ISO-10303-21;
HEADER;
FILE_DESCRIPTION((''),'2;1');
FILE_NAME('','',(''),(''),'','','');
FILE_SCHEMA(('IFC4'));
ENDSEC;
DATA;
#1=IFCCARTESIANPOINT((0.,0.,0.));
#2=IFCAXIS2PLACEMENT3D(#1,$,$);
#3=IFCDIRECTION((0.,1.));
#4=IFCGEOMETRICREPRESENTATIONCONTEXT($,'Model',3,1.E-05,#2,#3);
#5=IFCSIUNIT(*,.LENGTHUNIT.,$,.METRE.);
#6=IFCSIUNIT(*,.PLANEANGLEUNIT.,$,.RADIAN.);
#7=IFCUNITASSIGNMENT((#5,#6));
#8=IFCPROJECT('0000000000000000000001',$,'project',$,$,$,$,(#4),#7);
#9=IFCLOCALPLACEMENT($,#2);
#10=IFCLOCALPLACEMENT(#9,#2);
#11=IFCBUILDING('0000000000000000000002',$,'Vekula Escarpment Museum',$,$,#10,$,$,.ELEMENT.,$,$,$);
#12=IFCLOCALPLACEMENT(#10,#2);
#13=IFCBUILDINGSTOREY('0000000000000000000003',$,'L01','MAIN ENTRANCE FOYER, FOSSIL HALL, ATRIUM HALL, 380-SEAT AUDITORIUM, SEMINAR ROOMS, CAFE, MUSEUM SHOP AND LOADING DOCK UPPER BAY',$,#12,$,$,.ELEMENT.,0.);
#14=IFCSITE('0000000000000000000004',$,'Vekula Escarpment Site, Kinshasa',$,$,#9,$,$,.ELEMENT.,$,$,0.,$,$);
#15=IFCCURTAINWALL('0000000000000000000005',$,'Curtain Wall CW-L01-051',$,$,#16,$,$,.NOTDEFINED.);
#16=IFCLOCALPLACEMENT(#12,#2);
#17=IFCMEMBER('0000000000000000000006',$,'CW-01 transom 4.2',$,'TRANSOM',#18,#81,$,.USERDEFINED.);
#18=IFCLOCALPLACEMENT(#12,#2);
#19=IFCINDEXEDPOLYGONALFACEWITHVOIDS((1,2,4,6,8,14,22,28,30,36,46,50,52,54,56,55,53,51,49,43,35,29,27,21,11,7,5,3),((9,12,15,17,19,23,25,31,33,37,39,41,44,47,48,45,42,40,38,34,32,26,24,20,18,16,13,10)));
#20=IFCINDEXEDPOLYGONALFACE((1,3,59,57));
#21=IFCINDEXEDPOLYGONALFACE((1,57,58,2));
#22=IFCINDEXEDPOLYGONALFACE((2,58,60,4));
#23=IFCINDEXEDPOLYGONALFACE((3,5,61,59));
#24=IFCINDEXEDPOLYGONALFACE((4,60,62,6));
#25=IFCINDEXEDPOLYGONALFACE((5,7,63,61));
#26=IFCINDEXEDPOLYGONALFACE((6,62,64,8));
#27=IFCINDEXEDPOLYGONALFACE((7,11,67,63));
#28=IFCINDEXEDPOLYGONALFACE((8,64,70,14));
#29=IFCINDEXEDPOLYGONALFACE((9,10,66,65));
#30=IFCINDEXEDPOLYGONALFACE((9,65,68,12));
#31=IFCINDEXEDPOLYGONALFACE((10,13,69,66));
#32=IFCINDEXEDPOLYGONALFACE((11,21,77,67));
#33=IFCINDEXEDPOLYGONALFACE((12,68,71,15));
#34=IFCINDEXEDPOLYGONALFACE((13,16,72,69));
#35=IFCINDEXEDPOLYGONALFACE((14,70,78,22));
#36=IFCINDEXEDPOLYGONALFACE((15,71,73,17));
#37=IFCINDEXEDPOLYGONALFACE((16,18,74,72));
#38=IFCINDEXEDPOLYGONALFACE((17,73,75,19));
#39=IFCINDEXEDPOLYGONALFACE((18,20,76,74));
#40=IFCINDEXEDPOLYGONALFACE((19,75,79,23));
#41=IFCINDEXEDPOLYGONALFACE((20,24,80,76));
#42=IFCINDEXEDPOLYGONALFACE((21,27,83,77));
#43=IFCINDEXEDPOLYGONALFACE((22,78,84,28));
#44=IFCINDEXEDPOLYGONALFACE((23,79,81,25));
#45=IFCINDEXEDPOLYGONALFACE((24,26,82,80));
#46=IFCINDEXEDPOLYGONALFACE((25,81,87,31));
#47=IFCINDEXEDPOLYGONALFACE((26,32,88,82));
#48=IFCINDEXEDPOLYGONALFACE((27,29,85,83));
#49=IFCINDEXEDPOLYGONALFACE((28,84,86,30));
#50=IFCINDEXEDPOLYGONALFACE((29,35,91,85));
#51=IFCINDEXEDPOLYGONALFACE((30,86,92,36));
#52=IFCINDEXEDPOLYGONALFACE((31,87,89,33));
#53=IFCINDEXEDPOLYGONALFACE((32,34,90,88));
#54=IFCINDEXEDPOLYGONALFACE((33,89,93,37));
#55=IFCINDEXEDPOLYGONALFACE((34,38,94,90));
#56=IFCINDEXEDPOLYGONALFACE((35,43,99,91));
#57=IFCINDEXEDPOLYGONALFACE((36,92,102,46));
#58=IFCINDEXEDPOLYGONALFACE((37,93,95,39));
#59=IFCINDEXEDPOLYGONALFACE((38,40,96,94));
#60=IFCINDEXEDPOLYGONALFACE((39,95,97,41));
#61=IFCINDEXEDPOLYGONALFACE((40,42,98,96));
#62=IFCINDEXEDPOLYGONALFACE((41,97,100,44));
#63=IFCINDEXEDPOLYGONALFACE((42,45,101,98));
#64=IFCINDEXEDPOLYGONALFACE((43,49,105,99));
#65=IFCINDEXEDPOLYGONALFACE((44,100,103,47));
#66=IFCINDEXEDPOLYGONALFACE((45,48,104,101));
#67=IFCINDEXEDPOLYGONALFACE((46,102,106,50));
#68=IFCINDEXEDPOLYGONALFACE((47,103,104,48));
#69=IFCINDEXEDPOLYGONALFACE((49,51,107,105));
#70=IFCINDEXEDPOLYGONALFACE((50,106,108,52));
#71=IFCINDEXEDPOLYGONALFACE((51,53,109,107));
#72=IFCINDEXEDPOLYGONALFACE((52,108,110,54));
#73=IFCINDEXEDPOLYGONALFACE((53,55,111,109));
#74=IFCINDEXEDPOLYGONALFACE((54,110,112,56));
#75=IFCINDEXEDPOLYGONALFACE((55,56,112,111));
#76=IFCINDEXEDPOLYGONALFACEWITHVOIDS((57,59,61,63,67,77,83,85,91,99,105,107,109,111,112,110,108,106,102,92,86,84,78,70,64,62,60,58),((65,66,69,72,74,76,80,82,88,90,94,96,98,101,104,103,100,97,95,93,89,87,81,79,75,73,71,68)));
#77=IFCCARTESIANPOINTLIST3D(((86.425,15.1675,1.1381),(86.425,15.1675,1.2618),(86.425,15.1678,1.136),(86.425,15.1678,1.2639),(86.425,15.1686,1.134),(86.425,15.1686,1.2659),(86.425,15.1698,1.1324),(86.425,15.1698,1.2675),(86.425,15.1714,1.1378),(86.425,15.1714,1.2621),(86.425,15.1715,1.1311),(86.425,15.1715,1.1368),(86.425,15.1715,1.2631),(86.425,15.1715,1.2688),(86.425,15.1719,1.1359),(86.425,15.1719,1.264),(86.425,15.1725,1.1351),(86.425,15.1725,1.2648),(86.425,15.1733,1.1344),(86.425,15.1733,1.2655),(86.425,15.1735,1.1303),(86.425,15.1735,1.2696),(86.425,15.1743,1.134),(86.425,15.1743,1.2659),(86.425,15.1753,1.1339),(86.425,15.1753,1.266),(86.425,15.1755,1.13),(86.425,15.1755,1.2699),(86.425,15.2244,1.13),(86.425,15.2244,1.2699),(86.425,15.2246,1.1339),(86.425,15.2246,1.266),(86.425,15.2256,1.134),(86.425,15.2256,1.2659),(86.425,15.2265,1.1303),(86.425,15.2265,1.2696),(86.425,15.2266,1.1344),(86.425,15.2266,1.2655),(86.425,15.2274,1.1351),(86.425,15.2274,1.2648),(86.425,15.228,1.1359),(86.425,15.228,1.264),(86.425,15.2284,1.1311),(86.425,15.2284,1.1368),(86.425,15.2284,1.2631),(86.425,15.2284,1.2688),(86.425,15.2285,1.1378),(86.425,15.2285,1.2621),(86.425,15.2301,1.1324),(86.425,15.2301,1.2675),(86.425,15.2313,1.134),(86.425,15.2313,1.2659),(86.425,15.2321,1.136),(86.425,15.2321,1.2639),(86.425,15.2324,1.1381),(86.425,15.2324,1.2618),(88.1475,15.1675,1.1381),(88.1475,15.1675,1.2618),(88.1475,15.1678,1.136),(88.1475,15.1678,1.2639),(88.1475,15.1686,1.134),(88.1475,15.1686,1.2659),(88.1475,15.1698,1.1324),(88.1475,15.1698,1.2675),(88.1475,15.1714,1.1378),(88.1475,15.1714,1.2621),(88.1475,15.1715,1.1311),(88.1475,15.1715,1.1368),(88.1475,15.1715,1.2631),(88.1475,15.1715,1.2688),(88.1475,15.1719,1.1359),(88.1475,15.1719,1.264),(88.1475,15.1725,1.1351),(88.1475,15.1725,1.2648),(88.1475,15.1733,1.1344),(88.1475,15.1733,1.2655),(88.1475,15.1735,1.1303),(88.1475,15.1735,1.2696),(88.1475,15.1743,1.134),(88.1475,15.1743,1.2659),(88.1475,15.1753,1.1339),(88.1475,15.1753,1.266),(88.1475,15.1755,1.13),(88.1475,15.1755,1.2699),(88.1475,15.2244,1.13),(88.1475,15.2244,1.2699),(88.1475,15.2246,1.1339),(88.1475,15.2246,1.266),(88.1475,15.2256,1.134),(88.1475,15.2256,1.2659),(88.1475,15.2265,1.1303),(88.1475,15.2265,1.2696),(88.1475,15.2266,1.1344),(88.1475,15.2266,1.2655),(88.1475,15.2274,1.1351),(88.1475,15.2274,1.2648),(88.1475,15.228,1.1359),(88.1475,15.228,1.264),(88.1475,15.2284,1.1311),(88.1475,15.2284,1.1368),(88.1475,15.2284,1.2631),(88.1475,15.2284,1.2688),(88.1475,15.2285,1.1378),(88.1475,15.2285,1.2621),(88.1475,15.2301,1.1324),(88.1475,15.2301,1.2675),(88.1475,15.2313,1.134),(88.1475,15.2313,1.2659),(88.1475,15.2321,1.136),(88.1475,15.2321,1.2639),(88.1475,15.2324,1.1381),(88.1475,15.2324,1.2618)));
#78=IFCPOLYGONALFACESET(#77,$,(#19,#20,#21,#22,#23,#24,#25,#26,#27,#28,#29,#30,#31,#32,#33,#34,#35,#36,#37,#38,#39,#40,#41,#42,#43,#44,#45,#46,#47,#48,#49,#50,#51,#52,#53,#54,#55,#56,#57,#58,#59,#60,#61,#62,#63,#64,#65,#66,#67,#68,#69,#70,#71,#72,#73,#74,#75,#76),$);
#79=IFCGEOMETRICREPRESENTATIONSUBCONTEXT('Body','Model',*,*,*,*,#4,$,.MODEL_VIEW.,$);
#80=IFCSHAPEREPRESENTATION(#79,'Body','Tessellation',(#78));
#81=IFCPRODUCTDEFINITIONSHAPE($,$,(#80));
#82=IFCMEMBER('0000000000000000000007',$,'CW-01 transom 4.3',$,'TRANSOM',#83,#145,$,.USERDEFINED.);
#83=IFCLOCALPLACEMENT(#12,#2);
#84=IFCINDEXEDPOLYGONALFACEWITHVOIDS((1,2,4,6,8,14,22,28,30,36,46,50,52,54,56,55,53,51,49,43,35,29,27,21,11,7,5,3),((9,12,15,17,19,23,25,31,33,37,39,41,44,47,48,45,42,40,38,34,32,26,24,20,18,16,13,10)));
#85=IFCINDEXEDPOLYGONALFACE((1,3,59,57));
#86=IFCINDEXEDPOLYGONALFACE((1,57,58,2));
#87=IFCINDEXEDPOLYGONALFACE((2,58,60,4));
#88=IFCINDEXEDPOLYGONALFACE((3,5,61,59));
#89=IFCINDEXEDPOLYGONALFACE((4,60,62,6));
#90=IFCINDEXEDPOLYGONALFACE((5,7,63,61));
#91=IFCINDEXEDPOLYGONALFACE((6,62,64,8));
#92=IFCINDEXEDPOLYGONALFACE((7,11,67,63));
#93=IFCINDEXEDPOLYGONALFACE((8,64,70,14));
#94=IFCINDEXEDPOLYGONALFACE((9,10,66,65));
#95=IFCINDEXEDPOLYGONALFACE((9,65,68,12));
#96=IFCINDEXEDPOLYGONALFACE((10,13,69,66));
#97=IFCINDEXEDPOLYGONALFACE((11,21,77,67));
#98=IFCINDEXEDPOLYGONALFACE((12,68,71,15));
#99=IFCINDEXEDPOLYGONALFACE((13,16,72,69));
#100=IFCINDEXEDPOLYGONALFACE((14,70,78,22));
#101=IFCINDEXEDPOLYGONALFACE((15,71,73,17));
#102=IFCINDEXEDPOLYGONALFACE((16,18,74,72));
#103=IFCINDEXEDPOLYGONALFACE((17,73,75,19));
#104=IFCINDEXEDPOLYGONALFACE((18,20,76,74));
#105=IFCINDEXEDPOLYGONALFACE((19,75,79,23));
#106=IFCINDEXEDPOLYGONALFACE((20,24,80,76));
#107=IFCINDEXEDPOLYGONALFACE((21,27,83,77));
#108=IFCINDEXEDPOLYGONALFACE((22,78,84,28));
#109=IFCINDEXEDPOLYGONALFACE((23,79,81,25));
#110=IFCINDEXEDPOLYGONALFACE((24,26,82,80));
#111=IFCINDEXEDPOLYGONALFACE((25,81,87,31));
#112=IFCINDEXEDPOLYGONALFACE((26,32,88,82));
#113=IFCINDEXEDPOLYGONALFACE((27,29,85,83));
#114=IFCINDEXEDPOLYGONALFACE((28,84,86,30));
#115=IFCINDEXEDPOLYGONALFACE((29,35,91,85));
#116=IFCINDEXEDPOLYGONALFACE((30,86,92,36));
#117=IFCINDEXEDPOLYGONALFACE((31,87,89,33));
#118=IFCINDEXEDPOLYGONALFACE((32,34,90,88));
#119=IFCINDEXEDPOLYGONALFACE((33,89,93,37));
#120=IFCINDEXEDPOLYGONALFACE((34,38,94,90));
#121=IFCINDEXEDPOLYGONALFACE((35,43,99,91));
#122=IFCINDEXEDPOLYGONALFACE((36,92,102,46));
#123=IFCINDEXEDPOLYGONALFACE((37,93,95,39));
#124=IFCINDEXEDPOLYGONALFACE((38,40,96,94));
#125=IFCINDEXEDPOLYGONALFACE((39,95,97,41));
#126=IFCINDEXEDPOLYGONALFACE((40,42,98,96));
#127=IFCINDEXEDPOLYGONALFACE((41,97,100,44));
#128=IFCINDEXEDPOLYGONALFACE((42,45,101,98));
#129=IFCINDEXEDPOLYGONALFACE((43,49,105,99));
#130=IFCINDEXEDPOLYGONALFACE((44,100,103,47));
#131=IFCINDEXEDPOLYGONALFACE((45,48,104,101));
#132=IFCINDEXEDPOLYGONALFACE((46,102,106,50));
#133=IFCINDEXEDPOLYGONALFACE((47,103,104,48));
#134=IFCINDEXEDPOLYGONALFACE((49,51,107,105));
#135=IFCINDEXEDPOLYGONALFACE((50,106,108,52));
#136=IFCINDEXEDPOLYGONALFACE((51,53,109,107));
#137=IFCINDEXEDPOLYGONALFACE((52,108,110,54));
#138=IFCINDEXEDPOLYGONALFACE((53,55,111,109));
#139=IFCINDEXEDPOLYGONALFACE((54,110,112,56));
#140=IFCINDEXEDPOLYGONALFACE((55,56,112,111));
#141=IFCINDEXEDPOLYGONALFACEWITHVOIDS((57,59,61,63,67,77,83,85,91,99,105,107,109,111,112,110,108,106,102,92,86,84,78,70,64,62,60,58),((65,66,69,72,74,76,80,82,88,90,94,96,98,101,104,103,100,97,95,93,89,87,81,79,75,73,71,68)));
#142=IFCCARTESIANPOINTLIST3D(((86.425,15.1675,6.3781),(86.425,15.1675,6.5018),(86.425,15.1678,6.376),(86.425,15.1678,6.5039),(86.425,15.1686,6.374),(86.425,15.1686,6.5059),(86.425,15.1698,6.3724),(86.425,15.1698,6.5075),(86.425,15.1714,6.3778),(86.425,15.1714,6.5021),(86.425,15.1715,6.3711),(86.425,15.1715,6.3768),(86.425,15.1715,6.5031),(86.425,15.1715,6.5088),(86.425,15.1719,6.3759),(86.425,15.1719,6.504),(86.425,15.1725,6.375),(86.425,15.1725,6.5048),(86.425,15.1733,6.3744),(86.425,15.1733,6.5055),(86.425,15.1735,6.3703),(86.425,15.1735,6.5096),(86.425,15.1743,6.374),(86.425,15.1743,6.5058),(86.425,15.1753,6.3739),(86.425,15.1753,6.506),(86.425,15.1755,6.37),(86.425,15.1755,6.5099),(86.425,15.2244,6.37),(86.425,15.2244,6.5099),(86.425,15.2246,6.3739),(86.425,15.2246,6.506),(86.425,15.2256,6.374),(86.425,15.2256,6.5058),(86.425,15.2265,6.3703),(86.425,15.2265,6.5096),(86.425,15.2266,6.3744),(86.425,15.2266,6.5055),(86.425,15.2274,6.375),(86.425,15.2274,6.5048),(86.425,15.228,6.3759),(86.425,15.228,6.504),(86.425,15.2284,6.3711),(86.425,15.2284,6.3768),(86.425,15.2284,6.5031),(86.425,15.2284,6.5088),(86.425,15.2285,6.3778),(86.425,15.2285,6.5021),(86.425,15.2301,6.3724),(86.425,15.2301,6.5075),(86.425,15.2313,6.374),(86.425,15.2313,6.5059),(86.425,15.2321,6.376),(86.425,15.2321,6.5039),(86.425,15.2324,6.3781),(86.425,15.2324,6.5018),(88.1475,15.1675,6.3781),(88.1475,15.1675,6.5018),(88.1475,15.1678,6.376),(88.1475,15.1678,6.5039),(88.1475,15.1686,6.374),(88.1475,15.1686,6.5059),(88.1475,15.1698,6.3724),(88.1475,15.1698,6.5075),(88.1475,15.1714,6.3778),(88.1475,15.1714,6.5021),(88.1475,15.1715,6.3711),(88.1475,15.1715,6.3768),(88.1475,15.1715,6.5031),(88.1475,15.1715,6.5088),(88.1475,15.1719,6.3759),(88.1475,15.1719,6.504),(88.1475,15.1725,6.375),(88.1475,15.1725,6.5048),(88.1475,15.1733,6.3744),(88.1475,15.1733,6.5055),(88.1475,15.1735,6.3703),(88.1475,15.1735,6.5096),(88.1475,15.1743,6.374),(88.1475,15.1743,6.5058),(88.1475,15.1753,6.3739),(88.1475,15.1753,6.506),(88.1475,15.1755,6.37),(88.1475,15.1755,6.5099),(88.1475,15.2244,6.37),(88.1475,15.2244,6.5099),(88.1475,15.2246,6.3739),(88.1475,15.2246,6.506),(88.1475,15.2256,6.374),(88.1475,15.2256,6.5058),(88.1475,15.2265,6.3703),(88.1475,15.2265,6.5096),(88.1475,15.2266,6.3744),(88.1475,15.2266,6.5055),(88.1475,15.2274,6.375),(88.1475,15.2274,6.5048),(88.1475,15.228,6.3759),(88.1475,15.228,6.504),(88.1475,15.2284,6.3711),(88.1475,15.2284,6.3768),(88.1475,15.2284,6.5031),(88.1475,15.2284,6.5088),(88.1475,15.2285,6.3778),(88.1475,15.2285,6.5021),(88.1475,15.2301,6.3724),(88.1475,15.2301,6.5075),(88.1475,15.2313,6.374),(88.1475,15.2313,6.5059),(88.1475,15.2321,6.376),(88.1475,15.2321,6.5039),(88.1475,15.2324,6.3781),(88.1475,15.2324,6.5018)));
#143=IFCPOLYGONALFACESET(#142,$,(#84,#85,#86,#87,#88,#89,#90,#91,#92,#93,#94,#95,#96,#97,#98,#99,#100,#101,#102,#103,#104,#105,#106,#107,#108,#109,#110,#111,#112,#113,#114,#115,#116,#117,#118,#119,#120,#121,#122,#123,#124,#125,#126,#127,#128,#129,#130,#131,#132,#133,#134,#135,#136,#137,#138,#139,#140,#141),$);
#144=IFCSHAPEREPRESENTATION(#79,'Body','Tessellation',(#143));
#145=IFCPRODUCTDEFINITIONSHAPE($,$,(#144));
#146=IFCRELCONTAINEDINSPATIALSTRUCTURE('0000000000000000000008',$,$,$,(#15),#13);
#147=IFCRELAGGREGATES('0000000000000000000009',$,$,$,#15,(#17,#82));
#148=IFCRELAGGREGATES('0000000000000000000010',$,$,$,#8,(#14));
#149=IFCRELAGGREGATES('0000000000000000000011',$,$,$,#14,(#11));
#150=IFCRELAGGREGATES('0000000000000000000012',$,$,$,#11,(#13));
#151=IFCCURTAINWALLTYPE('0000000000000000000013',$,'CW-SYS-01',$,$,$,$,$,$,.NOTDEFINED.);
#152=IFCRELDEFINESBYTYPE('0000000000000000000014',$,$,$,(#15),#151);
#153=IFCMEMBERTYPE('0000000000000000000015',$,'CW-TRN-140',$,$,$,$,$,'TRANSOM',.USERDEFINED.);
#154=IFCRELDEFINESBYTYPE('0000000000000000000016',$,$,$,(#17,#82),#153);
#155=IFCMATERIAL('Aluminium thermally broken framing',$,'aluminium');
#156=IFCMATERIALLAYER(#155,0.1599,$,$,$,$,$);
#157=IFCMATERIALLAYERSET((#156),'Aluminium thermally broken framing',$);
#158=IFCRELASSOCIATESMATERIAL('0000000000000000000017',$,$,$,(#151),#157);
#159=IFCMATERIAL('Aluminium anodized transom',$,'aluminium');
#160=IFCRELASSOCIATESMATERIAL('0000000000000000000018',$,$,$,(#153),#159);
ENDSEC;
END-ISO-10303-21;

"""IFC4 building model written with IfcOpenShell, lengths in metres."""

from ifc_helpers import new_model, si_unit, direction, frame, origin, origin_2d, place, context, subcontext, project, spatial, hollow_rectangle, extrude, material, layer, layer_set, material_profile, profile_set, type_object, element, aggregate, save


model = new_model("IFC4")

# Units and contexts
model_context = context("Model", 3, precision=1e-05, world=origin(), true_north=direction((0.0, 1.0)))
body_context = subcontext(model_context, "Body", "Model", "MODEL_VIEW")
ifc_project = project(units=[si_unit("LENGTHUNIT", "METRE"), si_unit("PLANEANGLEUNIT", "RADIAN")], contexts=[model_context])

# Site, building, storey
site_placement = place(None, origin())
site = spatial("IfcSite", under=ifc_project, at=site_placement, Name="Vekula Escarpment Site, Kinshasa", CompositionType="ELEMENT", RefElevation=0.0)
building_placement = place(site_placement, origin())
building = spatial("IfcBuilding", under=site, at=building_placement, Name="Vekula Escarpment Museum", CompositionType="ELEMENT")
storey_placement = place(building_placement, origin())
storey = spatial("IfcBuildingStorey", under=building, at=storey_placement, Name="L01", Description="MAIN ENTRANCE FOYER, FOSSIL HALL, ATRIUM HALL, 380-SEAT AUDITORIUM, SEMINAR ROOMS, CAFE, MUSEUM SHOP AND LOADING DOCK UPPER BAY", CompositionType="ELEMENT", Elevation=0.0)

# Curtain wall, members
ifc_material_1 = material(Name="Aluminium thermally broken framing", Category="aluminium")
ifc_layer_1 = layer(ifc_material_1, 0.1599)
ifc_layer_set_1 = layer_set([ifc_layer_1], Name="Aluminium thermally broken framing")
curtain_wall_type = type_object("IfcCurtainWallType", Name="CW-SYS-01", PredefinedType="NOTDEFINED", material=ifc_layer_set_1)
curtain_wall_placement = place(storey_placement, origin())
curtain_wall = element("IfcCurtainWall", 1, at=curtain_wall_placement, inside=storey, type_object=curtain_wall_type, Name="Curtain Wall CW-L01-051", PredefinedType="NOTDEFINED")
ifc_material_2 = material(Name="Aluminium anodized transom", Category="aluminium")
ifc_material_profile_1 = material_profile(ifc_material_2, hollow_rectangle(XDim=0.0649, YDim=0.1399, WallThickness=0.0039, InnerFilletRadius=0.0039, OuterFilletRadius=0.0081, at=origin_2d()), Name="ALU 140x65x4")
ifc_profile_set_1 = profile_set([ifc_material_profile_1], Name="Aluminium anodized transom")
member_type_1 = type_object("IfcMemberType", Name="CW-TRN-140", ElementType="TRANSOM", PredefinedType="USERDEFINED", material=ifc_profile_set_1)
member_1_placement = place(storey_placement, frame((88.1475, 15.2, 1.2), z_axis=(-1.0, 0.0, 0.0), x_axis=(0.0, -1.0, 0.0)))
member_1 = element("IfcMember", 2, at=member_1_placement, type_object=member_type_1, Name="CW-01 transom 4.2", ObjectType="TRANSOM", PredefinedType="USERDEFINED", context=body_context, shape_type="SweptSolid", body=[
    extrude(hollow_rectangle(XDim=0.0649, YDim=0.1399, WallThickness=0.0039, InnerFilletRadius=0.0039, OuterFilletRadius=0.0081, at=origin_2d()), origin(), (0.0, 0.0, 1.0), 1.7224),
])
member_2_placement = place(storey_placement, frame((88.1475, 15.2, 6.4399), z_axis=(-1.0, 0.0, 0.0), x_axis=(0.0, -1.0, 0.0)))
member_2 = element("IfcMember", 3, at=member_2_placement, type_object=member_type_1, Name="CW-01 transom 4.3", ObjectType="TRANSOM", PredefinedType="USERDEFINED", context=body_context, shape_type="SweptSolid", body=[
    extrude(hollow_rectangle(XDim=0.0649, YDim=0.1399, WallThickness=0.0039, InnerFilletRadius=0.0039, OuterFilletRadius=0.0081, at=origin_2d()), origin(), (0.0, 0.0, 1.0), 1.7224),
])
aggregate(curtain_wall, [member_1, member_2])

save(model, "model.ifc")
